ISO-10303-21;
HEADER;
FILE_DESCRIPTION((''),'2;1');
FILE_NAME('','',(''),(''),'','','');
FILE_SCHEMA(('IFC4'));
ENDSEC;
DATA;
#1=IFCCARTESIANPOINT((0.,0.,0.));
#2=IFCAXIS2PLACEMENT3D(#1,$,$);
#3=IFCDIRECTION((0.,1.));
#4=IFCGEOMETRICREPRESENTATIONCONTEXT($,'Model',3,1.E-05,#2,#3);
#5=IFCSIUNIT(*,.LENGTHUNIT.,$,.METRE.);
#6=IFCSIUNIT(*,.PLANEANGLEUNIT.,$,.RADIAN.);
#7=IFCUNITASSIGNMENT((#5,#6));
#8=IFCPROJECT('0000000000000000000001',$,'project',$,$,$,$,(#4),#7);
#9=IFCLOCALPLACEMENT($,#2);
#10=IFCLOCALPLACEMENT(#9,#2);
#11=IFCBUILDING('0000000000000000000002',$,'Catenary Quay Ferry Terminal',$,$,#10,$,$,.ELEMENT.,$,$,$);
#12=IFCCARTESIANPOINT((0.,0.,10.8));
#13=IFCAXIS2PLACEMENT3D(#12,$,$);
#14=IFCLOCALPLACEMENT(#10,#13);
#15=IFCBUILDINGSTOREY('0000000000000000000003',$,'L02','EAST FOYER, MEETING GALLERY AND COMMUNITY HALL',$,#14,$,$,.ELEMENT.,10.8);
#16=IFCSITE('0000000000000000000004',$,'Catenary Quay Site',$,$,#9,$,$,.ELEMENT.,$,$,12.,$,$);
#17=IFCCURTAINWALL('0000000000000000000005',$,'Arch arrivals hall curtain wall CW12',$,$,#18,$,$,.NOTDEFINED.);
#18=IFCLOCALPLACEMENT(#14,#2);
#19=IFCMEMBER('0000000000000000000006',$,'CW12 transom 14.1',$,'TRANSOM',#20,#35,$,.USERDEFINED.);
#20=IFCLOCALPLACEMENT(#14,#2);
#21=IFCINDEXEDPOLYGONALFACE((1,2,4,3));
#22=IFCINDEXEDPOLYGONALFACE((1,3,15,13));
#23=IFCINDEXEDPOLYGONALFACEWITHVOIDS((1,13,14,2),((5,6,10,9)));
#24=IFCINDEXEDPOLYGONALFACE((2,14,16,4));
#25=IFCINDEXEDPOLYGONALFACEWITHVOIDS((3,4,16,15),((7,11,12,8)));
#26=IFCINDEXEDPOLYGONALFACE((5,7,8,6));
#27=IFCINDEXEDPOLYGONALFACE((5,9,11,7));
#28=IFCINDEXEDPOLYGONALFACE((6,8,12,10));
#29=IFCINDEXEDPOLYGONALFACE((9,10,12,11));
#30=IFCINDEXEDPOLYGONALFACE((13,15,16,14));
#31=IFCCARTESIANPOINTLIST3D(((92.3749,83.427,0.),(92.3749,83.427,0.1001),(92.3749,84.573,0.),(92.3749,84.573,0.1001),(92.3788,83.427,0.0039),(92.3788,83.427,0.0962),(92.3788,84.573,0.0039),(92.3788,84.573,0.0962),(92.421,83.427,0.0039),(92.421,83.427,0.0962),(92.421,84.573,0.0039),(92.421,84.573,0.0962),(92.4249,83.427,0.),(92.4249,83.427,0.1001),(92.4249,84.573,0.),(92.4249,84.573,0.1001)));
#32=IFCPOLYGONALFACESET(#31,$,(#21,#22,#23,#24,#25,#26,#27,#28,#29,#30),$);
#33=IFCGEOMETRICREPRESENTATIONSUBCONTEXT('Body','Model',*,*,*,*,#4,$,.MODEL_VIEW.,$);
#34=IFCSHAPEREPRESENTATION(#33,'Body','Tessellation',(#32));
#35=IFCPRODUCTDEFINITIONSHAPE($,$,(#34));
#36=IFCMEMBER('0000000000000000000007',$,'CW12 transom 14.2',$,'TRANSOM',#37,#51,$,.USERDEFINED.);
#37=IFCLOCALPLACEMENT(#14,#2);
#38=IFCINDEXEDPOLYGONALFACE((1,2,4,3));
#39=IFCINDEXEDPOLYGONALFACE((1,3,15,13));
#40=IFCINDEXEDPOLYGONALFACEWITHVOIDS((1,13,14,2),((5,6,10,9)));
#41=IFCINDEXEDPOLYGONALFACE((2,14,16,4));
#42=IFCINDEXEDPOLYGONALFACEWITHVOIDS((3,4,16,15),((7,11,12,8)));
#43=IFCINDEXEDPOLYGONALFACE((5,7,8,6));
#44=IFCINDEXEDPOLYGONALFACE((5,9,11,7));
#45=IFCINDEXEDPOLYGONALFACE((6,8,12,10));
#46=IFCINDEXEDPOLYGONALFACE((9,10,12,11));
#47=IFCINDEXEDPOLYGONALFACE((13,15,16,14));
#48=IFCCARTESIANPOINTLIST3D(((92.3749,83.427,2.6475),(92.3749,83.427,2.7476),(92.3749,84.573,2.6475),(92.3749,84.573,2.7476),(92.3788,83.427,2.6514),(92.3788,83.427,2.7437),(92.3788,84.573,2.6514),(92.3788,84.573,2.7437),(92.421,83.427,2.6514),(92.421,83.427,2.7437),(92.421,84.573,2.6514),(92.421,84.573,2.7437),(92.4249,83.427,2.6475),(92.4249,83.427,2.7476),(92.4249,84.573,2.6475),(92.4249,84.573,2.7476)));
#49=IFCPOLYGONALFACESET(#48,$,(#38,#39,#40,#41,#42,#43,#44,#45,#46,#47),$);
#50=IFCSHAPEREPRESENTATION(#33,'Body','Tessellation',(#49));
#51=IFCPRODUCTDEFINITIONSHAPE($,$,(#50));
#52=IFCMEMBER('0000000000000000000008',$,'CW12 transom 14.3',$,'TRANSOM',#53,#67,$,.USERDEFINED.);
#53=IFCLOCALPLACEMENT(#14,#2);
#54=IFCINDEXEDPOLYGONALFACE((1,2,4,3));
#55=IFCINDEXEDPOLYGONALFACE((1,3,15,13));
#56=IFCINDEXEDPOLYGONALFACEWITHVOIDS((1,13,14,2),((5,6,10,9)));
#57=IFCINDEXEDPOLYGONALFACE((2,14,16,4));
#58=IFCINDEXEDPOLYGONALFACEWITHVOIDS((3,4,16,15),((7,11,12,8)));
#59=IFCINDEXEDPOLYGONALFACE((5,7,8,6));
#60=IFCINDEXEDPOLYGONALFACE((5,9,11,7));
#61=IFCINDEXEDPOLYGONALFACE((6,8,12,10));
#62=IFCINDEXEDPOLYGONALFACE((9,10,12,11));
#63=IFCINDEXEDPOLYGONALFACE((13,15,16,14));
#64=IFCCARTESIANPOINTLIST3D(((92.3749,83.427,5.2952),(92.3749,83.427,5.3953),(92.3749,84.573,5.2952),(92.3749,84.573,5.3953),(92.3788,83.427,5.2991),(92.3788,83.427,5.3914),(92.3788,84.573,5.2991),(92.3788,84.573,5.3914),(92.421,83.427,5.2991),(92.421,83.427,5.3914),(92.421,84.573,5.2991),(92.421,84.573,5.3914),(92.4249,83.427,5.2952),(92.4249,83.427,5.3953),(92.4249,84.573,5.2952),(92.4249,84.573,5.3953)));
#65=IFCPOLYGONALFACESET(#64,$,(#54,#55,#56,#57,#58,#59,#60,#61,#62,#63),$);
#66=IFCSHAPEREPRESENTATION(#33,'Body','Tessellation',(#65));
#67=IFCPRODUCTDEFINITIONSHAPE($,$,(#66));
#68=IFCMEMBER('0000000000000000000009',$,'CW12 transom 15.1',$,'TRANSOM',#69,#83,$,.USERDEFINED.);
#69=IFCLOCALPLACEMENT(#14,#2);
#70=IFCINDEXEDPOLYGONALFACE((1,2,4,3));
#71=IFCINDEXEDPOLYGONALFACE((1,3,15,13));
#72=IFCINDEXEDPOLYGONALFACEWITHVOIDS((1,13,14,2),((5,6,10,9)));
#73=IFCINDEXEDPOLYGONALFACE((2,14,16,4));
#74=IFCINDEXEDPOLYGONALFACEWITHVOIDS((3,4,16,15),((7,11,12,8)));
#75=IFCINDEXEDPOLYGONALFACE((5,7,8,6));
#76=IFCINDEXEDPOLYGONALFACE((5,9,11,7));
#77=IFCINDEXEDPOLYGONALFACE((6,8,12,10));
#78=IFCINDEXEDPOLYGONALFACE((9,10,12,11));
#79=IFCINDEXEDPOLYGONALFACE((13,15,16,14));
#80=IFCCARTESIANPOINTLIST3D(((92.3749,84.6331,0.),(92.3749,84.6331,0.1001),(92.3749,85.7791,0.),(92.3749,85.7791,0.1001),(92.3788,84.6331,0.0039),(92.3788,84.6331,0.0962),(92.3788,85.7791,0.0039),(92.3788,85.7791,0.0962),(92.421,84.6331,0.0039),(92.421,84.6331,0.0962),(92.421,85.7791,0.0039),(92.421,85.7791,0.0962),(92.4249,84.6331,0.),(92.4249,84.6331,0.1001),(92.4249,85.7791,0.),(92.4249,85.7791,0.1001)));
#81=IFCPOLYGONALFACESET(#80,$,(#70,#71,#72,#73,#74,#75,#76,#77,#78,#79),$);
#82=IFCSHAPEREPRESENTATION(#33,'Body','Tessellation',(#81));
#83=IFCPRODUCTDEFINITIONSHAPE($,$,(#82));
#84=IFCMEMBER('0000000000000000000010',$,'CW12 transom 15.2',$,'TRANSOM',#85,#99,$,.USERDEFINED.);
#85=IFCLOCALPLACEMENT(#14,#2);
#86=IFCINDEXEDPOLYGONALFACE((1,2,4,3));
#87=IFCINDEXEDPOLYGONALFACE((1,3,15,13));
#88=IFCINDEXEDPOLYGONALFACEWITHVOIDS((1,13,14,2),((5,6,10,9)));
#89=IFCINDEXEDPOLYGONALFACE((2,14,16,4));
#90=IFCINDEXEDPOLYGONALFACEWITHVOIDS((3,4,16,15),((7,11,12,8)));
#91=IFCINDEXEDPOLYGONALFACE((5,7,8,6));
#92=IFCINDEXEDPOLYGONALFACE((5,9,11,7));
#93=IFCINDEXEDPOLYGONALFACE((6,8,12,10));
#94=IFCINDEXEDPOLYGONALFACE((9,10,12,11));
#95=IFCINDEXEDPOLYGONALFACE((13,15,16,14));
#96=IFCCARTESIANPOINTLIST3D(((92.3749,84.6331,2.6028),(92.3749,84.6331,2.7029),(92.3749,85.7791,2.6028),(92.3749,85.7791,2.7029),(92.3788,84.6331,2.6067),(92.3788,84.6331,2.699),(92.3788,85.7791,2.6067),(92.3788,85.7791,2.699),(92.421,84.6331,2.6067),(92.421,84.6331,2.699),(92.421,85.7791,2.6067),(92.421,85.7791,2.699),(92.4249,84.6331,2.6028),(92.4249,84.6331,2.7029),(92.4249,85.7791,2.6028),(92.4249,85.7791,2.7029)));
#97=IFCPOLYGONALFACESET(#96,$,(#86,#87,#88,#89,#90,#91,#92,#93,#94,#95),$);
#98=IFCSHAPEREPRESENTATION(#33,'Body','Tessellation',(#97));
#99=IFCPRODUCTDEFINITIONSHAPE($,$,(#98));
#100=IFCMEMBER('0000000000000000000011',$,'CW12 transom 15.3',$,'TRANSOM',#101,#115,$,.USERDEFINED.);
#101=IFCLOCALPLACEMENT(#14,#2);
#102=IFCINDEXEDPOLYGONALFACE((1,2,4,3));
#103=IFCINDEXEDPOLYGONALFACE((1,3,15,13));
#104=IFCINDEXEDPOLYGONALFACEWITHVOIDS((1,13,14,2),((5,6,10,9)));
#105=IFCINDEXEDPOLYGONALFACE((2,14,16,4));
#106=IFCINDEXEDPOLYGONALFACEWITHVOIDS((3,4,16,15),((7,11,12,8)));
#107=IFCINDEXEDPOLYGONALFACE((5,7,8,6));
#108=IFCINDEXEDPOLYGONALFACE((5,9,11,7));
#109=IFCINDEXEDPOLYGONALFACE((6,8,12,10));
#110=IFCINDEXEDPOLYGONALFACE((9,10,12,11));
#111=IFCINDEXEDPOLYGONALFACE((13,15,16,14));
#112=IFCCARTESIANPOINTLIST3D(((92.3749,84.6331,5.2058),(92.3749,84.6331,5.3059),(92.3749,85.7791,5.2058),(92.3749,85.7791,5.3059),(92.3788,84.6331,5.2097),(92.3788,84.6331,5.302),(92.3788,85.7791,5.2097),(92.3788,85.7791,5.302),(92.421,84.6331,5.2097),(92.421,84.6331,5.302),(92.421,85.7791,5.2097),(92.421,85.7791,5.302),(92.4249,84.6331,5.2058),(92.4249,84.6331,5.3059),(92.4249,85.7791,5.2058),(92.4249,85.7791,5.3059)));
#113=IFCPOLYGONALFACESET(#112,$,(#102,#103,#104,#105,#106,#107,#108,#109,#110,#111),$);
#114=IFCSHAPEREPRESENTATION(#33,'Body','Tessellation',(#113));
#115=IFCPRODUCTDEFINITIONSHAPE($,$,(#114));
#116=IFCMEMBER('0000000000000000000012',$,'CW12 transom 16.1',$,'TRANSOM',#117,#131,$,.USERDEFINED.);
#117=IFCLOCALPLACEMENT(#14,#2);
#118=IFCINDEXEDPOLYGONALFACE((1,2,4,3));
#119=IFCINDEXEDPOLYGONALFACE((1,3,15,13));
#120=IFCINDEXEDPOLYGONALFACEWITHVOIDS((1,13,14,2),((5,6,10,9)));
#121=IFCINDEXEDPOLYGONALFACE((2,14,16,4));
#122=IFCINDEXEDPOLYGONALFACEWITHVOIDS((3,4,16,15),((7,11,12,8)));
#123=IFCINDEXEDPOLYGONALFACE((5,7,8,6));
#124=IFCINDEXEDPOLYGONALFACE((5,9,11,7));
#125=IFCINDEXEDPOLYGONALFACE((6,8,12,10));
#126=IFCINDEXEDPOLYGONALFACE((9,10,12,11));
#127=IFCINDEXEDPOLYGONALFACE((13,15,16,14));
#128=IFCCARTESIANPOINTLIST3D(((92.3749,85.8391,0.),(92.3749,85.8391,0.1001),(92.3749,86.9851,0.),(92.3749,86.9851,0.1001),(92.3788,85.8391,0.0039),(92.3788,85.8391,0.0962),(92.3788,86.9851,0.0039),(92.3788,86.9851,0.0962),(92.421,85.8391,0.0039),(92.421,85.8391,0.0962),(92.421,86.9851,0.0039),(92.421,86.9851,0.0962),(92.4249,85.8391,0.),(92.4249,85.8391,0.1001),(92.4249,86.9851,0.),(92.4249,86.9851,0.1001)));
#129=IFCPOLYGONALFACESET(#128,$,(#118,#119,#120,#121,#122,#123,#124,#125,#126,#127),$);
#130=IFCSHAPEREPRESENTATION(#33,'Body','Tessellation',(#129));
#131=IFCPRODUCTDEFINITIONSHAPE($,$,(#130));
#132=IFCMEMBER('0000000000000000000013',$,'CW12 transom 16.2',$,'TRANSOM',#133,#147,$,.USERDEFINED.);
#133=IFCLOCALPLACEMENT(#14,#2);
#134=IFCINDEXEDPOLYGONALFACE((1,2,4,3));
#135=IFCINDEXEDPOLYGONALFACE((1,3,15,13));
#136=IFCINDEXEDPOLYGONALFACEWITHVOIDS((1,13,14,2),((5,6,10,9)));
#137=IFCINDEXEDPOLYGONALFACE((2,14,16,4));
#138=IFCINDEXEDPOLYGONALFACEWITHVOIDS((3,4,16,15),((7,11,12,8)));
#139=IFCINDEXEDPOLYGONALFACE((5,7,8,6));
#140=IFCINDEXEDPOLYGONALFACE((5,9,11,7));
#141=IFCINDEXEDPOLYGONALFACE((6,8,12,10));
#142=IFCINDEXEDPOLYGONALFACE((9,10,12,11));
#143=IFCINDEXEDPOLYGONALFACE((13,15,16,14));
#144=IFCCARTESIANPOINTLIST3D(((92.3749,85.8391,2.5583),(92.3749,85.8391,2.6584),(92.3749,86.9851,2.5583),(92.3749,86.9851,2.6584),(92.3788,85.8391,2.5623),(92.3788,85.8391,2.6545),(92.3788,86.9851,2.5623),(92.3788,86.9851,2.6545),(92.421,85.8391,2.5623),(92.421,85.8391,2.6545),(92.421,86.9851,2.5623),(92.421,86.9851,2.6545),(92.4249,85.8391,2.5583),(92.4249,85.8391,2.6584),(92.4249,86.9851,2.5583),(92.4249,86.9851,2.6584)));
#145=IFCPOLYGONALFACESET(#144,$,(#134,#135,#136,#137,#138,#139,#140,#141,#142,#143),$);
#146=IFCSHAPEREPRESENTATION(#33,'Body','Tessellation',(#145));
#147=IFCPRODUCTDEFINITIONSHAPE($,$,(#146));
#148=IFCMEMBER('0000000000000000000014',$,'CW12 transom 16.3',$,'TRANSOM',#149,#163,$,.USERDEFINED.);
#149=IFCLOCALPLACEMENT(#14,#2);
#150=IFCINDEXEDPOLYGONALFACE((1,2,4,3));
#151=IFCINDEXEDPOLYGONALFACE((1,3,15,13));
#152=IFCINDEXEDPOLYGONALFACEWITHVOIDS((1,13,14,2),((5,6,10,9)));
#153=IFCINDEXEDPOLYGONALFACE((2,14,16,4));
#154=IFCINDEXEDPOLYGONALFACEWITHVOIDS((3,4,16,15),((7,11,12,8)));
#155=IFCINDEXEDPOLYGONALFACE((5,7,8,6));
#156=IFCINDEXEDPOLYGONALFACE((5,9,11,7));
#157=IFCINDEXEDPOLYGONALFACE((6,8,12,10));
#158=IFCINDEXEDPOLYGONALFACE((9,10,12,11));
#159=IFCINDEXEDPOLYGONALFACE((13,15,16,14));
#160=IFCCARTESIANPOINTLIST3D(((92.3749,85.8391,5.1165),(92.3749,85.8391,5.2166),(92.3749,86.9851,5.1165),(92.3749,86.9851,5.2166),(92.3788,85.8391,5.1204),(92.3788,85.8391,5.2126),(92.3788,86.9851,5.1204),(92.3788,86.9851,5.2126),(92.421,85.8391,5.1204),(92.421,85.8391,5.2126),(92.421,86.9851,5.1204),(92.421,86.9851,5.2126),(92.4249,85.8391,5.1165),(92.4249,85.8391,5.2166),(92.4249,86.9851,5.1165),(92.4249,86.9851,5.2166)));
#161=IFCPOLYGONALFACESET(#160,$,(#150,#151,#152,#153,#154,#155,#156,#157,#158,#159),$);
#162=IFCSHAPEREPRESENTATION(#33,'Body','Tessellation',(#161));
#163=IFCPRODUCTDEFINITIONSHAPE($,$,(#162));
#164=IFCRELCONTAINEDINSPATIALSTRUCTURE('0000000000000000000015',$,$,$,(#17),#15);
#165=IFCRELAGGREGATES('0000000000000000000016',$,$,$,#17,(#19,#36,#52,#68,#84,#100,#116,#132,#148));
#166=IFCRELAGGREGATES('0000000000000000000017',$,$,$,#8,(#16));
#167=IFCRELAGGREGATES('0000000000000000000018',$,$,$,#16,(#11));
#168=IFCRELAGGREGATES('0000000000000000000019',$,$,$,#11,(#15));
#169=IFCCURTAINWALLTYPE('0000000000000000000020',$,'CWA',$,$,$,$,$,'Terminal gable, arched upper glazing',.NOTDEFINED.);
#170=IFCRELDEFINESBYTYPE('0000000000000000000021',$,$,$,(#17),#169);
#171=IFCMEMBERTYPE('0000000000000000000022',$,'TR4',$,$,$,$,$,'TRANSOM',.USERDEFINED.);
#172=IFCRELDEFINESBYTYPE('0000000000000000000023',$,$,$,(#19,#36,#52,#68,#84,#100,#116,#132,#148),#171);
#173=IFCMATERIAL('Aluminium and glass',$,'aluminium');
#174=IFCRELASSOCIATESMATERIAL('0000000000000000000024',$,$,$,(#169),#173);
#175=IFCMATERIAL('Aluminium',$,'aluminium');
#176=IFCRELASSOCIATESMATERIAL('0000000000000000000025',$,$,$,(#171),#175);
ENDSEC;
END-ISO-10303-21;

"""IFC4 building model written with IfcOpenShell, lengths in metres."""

from ifc_helpers import new_model, si_unit, direction, frame, origin, origin_2d, place, context, subcontext, project, spatial, hollow_rectangle, extrude, material, material_profile, profile_set, type_object, element, aggregate, save


model = new_model("IFC4")

# Units and contexts
model_context = context("Model", 3, precision=1e-05, world=origin(), true_north=direction((0.0, 1.0)))
body_context = subcontext(model_context, "Body", "Model", "MODEL_VIEW")
ifc_project = project(units=[si_unit("LENGTHUNIT", "METRE"), si_unit("PLANEANGLEUNIT", "RADIAN")], contexts=[model_context])

# Site, building, storey
site_placement = place(None, origin())
site = spatial("IfcSite", under=ifc_project, at=site_placement, Name="Catenary Quay Site", CompositionType="ELEMENT", RefElevation=12.0)
building_placement = place(site_placement, origin())
building = spatial("IfcBuilding", under=site, at=building_placement, Name="Catenary Quay Ferry Terminal", CompositionType="ELEMENT")
storey_placement = place(building_placement, frame((0.0, 0.0, 10.8)))
storey = spatial("IfcBuildingStorey", under=building, at=storey_placement, Name="L02", Description="EAST FOYER, MEETING GALLERY AND COMMUNITY HALL", CompositionType="ELEMENT", Elevation=10.8)

# Curtain wall, members
ifc_material_1 = material(Name="Aluminium and glass", Category="aluminium")
curtain_wall_type = type_object("IfcCurtainWallType", Name="CWA", ElementType="Terminal gable, arched upper glazing", PredefinedType="NOTDEFINED", material=ifc_material_1)
curtain_wall_placement = place(storey_placement, origin())
curtain_wall = element("IfcCurtainWall", 1, at=curtain_wall_placement, inside=storey, type_object=curtain_wall_type, Name="Arch arrivals hall curtain wall CW12", PredefinedType="NOTDEFINED")
ifc_material_2 = material(Name="Aluminium", Category="aluminium")
ifc_material_profile_1 = material_profile(ifc_material_2, hollow_rectangle(XDim=0.05, YDim=0.1001, WallThickness=0.0039, at=origin_2d()), Name="TR4")
ifc_profile_set_1 = profile_set([ifc_material_profile_1], Name="Aluminium")
member_type_1 = type_object("IfcMemberType", Name="TR4", ElementType="TRANSOM", PredefinedType="USERDEFINED", material=ifc_profile_set_1)
member_1_placement = place(storey_placement, frame((92.3999, 83.427, 0.05), z_axis=(0.0, 1.0, 0.0), x_axis=(-1.0, 0.0, 0.0)))
member_1 = element("IfcMember", 2, at=member_1_placement, type_object=member_type_1, Name="CW12 transom 14.1", ObjectType="TRANSOM", PredefinedType="USERDEFINED", context=body_context, shape_type="SweptSolid", body=[
    extrude(hollow_rectangle(XDim=0.05, YDim=0.1001, WallThickness=0.0039, at=origin_2d()), origin(), (0.0, 0.0, 1.0), 1.146),
])
member_2_placement = place(storey_placement, frame((92.3999, 83.427, 2.6975), z_axis=(0.0, 1.0, 0.0), x_axis=(-1.0, 0.0, 0.0)))
member_2 = element("IfcMember", 3, at=member_2_placement, type_object=member_type_1, Name="CW12 transom 14.2", ObjectType="TRANSOM", PredefinedType="USERDEFINED", context=body_context, shape_type="SweptSolid", body=[
    extrude(hollow_rectangle(XDim=0.05, YDim=0.1001, WallThickness=0.0039, at=origin_2d()), origin(), (0.0, 0.0, 1.0), 1.146),
])
member_3_placement = place(storey_placement, frame((92.3999, 83.427, 5.3452), z_axis=(0.0, 1.0, 0.0), x_axis=(-1.0, 0.0, 0.0)))
member_3 = element("IfcMember", 4, at=member_3_placement, type_object=member_type_1, Name="CW12 transom 14.3", ObjectType="TRANSOM", PredefinedType="USERDEFINED", context=body_context, shape_type="SweptSolid", body=[
    extrude(hollow_rectangle(XDim=0.05, YDim=0.1001, WallThickness=0.0039, at=origin_2d()), origin(), (0.0, 0.0, 1.0), 1.146),
])
member_4_placement = place(storey_placement, frame((92.3999, 84.6331, 0.05), z_axis=(0.0, 1.0, 0.0), x_axis=(-1.0, 0.0, 0.0)))
member_4 = element("IfcMember", 5, at=member_4_placement, type_object=member_type_1, Name="CW12 transom 15.1", ObjectType="TRANSOM", PredefinedType="USERDEFINED", context=body_context, shape_type="SweptSolid", body=[
    extrude(hollow_rectangle(XDim=0.05, YDim=0.1001, WallThickness=0.0039, at=origin_2d()), origin(), (0.0, 0.0, 1.0), 1.146),
])
member_5_placement = place(storey_placement, frame((92.3999, 84.6331, 2.6528), z_axis=(0.0, 1.0, 0.0), x_axis=(-1.0, 0.0, 0.0)))
member_5 = element("IfcMember", 6, at=member_5_placement, type_object=member_type_1, Name="CW12 transom 15.2", ObjectType="TRANSOM", PredefinedType="USERDEFINED", context=body_context, shape_type="SweptSolid", body=[
    extrude(hollow_rectangle(XDim=0.05, YDim=0.1001, WallThickness=0.0039, at=origin_2d()), origin(), (0.0, 0.0, 1.0), 1.146),
])
member_6_placement = place(storey_placement, frame((92.3999, 84.6331, 5.2559), z_axis=(0.0, 1.0, 0.0), x_axis=(-1.0, 0.0, 0.0)))
member_6 = element("IfcMember", 7, at=member_6_placement, type_object=member_type_1, Name="CW12 transom 15.3", ObjectType="TRANSOM", PredefinedType="USERDEFINED", context=body_context, shape_type="SweptSolid", body=[
    extrude(hollow_rectangle(XDim=0.05, YDim=0.1001, WallThickness=0.0039, at=origin_2d()), origin(), (0.0, 0.0, 1.0), 1.146),
])
member_7_placement = place(storey_placement, frame((92.3999, 85.8391, 0.05), z_axis=(0.0, 1.0, 0.0), x_axis=(-1.0, 0.0, 0.0)))
member_7 = element("IfcMember", 8, at=member_7_placement, type_object=member_type_1, Name="CW12 transom 16.1", ObjectType="TRANSOM", PredefinedType="USERDEFINED", context=body_context, shape_type="SweptSolid", body=[
    extrude(hollow_rectangle(XDim=0.05, YDim=0.1001, WallThickness=0.0039, at=origin_2d()), origin(), (0.0, 0.0, 1.0), 1.146),
])
member_8_placement = place(storey_placement, frame((92.3999, 85.8391, 2.6084), z_axis=(0.0, 1.0, 0.0), x_axis=(-1.0, 0.0, 0.0)))
member_8 = element("IfcMember", 9, at=member_8_placement, type_object=member_type_1, Name="CW12 transom 16.2", ObjectType="TRANSOM", PredefinedType="USERDEFINED", context=body_context, shape_type="SweptSolid", body=[
    extrude(hollow_rectangle(XDim=0.05, YDim=0.1001, WallThickness=0.0039, at=origin_2d()), origin(), (0.0, 0.0, 1.0), 1.146),
])
member_9_placement = place(storey_placement, frame((92.3999, 85.8391, 5.1665), z_axis=(0.0, 1.0, 0.0), x_axis=(-1.0, 0.0, 0.0)))
member_9 = element("IfcMember", 10, at=member_9_placement, type_object=member_type_1, Name="CW12 transom 16.3", ObjectType="TRANSOM", PredefinedType="USERDEFINED", context=body_context, shape_type="SweptSolid", body=[
    extrude(hollow_rectangle(XDim=0.05, YDim=0.1001, WallThickness=0.0039, at=origin_2d()), origin(), (0.0, 0.0, 1.0), 1.146),
])

aggregate(curtain_wall, [member_1, member_2, member_3, member_4, member_5, member_6, member_7, member_8, member_9])

save(model, "model.ifc")
